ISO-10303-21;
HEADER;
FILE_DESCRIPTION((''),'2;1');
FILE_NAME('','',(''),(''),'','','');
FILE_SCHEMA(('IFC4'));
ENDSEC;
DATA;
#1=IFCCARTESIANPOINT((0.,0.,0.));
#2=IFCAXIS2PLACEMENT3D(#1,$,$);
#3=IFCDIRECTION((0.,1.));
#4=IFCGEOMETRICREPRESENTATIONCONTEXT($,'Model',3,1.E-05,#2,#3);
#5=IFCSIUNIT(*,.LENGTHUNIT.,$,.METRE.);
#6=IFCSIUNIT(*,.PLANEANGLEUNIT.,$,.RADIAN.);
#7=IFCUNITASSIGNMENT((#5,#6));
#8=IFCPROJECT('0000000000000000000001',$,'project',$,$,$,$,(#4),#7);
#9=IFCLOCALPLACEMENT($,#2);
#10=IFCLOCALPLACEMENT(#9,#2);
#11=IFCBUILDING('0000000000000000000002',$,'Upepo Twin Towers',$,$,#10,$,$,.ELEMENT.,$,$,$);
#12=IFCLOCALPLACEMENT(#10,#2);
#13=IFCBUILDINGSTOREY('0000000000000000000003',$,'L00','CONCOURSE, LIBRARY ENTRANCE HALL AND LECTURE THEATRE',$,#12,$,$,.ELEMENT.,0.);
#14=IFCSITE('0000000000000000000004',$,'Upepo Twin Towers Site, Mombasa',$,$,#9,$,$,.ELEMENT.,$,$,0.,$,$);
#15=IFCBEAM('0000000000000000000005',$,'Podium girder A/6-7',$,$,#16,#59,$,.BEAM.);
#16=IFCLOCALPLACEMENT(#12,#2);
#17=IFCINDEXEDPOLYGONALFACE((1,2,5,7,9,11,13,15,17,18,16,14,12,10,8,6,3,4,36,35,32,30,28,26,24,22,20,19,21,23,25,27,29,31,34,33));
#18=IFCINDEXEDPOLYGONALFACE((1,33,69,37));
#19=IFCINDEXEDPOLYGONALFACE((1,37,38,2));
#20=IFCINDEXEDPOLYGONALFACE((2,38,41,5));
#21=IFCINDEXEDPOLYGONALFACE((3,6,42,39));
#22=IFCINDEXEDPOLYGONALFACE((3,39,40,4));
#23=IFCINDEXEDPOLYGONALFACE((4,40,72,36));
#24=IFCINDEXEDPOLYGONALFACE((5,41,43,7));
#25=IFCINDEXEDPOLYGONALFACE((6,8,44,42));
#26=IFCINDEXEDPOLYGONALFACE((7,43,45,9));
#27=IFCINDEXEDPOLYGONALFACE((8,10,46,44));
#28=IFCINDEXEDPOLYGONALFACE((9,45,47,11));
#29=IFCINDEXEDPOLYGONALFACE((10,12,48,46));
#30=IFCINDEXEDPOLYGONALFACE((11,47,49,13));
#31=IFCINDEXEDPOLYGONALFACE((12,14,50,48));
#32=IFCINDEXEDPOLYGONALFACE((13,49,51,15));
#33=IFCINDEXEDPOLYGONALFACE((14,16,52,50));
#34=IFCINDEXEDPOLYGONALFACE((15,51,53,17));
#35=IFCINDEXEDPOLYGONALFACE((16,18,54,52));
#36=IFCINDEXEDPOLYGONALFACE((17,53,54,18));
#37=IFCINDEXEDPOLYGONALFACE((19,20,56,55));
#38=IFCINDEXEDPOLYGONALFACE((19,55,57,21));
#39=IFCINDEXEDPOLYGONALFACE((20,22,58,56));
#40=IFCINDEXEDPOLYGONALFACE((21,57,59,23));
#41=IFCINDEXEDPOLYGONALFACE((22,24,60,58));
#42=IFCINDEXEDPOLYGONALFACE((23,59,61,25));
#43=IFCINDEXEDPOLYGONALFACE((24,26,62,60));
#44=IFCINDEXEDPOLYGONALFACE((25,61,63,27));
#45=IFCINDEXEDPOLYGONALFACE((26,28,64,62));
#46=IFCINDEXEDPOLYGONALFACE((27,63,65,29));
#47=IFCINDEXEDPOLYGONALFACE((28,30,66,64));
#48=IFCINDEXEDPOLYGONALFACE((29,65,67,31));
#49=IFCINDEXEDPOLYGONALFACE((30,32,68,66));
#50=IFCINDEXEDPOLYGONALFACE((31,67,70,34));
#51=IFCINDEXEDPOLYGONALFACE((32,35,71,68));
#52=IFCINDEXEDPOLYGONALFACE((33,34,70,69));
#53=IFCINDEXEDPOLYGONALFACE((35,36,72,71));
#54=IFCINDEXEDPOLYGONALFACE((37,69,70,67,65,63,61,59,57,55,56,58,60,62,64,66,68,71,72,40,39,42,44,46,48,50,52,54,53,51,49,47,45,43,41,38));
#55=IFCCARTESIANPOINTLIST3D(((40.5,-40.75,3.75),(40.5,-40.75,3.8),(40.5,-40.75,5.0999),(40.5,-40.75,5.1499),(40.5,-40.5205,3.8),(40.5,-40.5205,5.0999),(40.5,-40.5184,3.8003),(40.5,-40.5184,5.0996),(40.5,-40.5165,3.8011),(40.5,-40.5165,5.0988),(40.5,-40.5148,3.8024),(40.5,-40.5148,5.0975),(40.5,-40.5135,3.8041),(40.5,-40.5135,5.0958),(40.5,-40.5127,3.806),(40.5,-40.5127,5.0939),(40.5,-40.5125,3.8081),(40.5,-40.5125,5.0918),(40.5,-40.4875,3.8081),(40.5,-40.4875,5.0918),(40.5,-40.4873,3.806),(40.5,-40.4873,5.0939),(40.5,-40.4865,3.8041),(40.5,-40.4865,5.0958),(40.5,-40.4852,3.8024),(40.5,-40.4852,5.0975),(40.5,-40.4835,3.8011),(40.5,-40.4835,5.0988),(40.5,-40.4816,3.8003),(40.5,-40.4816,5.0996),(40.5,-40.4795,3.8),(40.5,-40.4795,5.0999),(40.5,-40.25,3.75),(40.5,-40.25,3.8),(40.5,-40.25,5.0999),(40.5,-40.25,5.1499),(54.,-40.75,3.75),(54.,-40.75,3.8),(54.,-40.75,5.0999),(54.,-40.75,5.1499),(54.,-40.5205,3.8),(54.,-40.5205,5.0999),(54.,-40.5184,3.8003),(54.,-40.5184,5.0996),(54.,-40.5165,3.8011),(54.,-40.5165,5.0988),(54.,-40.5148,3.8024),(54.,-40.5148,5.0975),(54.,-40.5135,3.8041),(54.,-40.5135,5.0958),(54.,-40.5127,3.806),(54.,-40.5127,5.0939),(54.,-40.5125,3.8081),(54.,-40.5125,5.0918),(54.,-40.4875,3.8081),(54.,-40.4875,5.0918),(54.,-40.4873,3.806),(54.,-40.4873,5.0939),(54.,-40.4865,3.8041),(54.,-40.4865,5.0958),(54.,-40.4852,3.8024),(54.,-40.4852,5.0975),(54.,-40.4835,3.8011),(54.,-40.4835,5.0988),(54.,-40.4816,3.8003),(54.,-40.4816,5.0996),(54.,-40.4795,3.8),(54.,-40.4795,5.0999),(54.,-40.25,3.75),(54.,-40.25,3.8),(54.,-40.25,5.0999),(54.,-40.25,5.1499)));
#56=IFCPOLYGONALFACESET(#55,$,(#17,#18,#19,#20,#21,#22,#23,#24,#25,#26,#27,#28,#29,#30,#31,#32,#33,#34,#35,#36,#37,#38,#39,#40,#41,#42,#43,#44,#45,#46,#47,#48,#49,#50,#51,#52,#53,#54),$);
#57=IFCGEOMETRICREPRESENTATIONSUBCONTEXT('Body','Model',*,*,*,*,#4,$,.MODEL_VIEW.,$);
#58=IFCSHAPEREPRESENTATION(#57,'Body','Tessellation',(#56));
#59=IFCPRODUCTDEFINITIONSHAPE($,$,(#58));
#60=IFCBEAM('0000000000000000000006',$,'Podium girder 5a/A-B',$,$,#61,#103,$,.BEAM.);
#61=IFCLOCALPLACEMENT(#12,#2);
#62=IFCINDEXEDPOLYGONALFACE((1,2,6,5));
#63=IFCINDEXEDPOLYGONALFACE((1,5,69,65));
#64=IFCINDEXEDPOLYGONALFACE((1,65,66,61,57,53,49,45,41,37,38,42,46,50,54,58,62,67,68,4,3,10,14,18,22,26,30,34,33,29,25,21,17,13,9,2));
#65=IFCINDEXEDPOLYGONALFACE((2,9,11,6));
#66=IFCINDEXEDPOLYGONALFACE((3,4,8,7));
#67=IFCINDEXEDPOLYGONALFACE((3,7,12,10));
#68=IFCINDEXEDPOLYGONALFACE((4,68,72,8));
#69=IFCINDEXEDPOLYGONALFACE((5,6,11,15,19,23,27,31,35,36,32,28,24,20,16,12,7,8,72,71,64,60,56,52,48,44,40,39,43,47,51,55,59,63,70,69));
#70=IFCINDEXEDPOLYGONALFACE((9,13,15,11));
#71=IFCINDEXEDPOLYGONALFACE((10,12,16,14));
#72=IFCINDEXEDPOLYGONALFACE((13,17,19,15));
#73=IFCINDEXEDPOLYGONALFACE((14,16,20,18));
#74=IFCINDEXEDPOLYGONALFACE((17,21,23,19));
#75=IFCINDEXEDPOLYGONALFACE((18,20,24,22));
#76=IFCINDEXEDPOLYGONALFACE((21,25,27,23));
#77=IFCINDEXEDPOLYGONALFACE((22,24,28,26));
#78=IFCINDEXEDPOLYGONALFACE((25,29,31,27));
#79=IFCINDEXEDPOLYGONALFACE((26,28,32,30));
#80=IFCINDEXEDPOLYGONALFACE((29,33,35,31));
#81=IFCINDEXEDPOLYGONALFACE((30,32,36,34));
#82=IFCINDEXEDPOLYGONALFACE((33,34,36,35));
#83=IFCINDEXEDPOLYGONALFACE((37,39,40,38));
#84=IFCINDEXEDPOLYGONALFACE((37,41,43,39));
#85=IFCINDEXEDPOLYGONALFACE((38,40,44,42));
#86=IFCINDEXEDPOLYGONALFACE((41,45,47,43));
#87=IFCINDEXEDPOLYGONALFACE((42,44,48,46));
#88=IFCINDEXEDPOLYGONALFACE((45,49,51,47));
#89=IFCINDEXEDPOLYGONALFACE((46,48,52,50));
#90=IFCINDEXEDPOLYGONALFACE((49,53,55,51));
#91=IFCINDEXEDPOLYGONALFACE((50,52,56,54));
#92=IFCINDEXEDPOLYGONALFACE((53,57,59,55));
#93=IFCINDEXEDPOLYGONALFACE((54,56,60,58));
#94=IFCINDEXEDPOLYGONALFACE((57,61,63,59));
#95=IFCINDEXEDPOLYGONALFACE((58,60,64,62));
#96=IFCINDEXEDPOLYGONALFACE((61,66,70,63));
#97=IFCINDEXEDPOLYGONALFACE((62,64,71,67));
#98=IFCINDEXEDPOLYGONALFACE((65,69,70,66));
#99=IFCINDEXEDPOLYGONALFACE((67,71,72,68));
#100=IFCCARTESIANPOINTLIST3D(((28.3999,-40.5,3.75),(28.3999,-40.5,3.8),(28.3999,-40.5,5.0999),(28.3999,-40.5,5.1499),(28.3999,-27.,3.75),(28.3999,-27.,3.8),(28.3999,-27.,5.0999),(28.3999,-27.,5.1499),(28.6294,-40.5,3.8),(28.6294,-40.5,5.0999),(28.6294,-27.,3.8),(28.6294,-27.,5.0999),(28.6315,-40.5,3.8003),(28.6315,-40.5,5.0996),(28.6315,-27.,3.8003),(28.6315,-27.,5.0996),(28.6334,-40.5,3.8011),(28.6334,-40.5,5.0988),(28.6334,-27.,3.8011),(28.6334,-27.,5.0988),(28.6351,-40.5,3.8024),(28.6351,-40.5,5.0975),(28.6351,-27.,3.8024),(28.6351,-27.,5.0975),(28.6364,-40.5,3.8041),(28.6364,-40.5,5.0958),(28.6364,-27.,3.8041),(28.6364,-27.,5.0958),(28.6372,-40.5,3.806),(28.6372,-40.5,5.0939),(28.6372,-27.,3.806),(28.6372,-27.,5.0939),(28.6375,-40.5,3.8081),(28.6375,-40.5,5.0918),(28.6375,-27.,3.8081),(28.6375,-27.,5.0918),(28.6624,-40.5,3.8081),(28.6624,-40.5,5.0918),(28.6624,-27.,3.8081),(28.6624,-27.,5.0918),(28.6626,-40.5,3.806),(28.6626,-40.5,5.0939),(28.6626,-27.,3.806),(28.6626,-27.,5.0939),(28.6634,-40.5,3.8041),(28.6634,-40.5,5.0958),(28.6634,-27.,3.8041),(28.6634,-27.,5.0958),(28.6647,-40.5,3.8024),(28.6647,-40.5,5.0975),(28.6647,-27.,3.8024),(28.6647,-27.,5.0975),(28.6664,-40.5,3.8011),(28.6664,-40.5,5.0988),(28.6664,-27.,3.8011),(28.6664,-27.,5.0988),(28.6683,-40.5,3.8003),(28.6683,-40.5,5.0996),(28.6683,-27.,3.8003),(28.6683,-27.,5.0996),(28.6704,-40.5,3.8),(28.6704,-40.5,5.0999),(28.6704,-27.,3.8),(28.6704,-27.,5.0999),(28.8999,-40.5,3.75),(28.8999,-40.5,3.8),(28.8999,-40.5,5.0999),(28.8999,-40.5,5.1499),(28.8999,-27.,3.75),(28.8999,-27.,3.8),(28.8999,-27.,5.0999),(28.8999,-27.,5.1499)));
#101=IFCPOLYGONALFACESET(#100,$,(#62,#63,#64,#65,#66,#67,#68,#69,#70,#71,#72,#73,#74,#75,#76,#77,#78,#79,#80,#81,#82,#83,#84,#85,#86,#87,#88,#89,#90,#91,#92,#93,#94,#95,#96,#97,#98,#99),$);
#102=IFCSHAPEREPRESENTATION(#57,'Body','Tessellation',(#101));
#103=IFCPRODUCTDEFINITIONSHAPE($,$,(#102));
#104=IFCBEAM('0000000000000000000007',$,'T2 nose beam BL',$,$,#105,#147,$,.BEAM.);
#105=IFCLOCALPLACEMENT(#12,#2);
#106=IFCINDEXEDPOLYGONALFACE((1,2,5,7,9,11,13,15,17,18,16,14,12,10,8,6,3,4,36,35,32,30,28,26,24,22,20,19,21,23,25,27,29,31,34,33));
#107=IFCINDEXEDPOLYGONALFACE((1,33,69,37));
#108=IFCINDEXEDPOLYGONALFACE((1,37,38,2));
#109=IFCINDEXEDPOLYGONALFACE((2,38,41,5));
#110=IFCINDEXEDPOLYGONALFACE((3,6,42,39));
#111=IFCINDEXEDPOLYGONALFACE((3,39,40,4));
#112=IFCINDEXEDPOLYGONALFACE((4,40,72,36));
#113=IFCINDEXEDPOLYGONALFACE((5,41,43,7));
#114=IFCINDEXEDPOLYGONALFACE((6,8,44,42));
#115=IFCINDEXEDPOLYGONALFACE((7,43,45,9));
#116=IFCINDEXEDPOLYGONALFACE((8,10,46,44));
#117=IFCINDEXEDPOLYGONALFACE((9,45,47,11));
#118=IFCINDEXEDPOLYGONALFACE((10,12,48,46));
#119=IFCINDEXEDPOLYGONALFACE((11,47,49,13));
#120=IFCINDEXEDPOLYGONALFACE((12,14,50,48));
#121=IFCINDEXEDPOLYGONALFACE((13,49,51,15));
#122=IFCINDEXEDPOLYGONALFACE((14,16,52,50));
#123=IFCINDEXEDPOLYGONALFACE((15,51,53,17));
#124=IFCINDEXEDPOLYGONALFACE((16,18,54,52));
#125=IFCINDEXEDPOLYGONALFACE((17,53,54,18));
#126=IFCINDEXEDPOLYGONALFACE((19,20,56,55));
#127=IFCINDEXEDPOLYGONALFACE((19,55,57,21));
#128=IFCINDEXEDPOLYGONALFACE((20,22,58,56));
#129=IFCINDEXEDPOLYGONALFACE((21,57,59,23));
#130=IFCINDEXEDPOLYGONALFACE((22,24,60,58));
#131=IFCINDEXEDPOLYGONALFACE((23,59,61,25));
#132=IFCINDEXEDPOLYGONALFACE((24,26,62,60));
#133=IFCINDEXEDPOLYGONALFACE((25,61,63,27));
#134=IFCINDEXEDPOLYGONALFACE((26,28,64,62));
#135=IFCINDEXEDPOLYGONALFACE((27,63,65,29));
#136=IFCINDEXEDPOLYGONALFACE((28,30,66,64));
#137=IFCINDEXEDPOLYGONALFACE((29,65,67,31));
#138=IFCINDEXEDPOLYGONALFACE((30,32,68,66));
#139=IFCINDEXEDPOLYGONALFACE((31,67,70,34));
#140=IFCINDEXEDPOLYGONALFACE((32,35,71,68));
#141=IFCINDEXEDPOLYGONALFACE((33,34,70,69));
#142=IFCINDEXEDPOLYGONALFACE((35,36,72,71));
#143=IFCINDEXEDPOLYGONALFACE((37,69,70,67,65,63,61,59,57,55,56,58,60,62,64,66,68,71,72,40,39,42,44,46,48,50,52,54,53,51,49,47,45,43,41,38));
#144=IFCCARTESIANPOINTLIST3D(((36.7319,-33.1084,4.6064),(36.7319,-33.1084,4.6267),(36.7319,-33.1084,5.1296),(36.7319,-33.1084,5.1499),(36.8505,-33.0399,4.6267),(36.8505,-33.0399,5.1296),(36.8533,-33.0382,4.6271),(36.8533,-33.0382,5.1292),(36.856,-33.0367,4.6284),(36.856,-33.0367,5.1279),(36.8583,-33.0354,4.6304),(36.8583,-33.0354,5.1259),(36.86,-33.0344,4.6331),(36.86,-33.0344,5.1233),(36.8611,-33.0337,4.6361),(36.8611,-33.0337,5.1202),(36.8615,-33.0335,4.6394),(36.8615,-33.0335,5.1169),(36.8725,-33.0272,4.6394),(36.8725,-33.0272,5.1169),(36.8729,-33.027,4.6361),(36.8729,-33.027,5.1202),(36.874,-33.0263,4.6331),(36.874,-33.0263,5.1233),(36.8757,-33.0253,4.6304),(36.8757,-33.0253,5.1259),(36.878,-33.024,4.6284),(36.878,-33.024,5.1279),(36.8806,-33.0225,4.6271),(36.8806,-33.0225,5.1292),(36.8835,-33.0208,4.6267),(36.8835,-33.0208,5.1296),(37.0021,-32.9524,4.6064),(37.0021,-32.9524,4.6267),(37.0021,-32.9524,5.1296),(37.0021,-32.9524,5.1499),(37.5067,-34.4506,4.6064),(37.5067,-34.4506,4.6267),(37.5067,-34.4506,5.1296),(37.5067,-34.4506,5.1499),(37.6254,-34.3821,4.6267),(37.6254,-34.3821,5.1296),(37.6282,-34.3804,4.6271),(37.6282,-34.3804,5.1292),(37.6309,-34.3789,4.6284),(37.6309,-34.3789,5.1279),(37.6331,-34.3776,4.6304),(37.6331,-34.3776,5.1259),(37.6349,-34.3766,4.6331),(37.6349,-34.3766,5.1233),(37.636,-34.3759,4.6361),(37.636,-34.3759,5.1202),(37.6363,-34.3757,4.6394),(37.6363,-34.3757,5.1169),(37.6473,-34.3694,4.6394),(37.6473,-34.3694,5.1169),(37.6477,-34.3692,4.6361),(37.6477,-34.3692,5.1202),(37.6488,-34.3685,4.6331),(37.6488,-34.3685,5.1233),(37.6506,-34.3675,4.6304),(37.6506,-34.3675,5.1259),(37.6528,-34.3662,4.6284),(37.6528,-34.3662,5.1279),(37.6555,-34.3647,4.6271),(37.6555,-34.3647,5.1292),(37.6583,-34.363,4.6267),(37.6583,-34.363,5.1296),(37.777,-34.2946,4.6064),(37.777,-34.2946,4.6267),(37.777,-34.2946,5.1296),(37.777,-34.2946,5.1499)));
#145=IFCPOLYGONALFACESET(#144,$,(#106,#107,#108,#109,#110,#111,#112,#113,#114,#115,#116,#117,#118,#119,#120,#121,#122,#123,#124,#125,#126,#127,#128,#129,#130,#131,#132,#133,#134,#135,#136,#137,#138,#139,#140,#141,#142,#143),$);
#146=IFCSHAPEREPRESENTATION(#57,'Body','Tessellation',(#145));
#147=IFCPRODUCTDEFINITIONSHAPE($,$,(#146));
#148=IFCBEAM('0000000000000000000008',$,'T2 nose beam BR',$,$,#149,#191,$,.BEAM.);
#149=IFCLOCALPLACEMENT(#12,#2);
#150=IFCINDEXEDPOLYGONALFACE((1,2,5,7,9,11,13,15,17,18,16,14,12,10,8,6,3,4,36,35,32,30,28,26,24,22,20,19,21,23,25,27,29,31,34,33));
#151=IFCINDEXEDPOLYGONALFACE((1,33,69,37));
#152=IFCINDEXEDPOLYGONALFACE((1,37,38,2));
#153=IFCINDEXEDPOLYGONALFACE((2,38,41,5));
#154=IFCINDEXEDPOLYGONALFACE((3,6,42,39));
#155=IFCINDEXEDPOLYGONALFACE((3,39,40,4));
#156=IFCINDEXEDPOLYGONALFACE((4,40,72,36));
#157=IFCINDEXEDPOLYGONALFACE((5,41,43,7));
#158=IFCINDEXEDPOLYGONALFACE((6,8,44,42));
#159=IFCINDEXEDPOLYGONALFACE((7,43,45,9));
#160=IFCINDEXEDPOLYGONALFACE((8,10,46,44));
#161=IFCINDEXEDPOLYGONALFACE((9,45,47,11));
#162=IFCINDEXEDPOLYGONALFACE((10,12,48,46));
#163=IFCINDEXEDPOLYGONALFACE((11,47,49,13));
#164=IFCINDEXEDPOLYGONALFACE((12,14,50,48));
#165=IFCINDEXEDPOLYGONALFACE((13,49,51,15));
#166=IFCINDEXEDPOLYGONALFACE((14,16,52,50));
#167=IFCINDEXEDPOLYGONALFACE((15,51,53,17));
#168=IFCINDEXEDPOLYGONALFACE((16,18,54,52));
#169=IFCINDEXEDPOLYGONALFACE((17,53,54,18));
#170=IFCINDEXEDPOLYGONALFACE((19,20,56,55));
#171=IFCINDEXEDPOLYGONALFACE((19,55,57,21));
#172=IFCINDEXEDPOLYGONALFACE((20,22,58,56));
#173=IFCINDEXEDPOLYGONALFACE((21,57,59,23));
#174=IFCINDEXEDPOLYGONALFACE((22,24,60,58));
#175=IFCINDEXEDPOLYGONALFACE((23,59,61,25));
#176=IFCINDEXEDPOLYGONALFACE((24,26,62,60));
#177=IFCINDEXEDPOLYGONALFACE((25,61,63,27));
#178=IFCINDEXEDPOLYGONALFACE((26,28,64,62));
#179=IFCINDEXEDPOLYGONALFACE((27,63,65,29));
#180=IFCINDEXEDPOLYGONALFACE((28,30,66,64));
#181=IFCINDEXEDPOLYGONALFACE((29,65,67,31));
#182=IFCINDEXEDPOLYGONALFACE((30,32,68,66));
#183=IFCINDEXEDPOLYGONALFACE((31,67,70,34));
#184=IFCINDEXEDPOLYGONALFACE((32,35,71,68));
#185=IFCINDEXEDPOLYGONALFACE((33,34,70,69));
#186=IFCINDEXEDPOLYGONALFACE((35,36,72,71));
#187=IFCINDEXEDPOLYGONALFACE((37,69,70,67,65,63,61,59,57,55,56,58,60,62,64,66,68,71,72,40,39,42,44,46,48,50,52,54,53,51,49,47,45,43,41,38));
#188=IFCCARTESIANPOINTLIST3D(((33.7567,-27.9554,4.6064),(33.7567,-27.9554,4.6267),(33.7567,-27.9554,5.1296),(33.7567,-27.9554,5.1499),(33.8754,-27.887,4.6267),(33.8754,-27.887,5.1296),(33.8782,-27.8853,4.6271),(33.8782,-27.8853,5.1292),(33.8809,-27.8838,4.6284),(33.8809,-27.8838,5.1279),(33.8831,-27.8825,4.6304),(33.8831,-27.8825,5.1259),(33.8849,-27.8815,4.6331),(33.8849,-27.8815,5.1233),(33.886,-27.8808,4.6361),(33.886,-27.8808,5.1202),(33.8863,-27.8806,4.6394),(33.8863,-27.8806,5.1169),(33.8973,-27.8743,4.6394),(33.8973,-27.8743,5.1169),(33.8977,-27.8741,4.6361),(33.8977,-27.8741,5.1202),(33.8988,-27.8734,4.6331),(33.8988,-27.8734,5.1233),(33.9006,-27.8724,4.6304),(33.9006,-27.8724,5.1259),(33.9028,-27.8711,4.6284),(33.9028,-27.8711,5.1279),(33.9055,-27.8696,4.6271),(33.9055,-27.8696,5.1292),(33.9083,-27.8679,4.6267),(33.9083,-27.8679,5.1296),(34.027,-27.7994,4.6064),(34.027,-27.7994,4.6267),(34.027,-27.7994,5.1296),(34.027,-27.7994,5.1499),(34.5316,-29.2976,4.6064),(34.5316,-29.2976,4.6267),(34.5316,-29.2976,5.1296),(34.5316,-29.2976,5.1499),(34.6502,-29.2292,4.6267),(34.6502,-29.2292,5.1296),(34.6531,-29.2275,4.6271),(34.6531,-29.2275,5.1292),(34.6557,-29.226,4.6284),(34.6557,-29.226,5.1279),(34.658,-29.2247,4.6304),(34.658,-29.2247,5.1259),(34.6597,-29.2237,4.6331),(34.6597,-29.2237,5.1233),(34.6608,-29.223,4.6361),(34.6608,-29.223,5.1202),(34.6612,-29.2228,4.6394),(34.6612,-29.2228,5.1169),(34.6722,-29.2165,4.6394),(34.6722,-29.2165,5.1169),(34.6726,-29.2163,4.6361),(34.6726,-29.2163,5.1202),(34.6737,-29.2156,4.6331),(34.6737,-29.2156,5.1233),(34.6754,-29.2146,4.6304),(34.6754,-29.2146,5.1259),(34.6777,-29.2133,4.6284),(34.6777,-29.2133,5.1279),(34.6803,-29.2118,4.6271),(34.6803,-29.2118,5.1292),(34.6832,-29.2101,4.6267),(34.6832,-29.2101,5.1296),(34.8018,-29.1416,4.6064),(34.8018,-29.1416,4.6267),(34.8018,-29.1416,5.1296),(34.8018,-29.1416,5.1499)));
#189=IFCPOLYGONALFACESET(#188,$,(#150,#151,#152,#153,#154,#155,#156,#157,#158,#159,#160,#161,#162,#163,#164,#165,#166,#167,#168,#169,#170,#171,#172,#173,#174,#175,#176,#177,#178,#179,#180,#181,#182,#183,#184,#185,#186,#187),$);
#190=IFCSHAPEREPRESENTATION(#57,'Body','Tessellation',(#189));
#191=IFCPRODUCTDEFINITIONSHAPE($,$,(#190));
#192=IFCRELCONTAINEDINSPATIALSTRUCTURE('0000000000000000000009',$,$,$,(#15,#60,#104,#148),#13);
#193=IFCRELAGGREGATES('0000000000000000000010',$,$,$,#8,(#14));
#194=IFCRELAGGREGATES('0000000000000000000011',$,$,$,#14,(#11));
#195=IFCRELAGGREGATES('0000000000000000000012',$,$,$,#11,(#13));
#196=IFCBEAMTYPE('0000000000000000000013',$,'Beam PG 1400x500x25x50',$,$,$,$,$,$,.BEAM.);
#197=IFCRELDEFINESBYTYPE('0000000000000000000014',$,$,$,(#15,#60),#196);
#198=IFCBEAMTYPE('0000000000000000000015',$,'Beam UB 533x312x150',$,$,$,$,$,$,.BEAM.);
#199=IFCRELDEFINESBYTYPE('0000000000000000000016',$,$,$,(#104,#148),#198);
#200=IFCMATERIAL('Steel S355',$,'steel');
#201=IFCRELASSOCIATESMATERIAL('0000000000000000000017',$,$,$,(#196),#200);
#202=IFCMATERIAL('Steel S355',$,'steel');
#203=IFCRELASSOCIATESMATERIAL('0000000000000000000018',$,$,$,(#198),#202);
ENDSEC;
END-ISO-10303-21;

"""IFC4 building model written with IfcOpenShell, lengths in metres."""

from ifc_helpers import new_model, si_unit, direction, frame, origin, origin_2d, place, context, subcontext, project, spatial, i_section, extrude, material, material_profile, profile_set, type_object, element, save


model = new_model("IFC4")

# Units and contexts
model_context = context("Model", 3, precision=1e-05, world=origin(), true_north=direction((0.0, 1.0)))
body_context = subcontext(model_context, "Body", "Model", "MODEL_VIEW")
ifc_project = project(units=[si_unit("LENGTHUNIT", "METRE"), si_unit("PLANEANGLEUNIT", "RADIAN")], contexts=[model_context])

# Site, building, storey
site_placement = place(None, origin())
site = spatial("IfcSite", under=ifc_project, at=site_placement, Name="Upepo Twin Towers Site, Mombasa", CompositionType="ELEMENT", RefElevation=0.0)
building_placement = place(site_placement, origin())
building = spatial("IfcBuilding", under=site, at=building_placement, Name="Upepo Twin Towers", CompositionType="ELEMENT")
storey_placement = place(building_placement, origin())
storey = spatial("IfcBuildingStorey", under=building, at=storey_placement, Name="L00", Description="CONCOURSE, LIBRARY ENTRANCE HALL AND LECTURE THEATRE", CompositionType="ELEMENT", Elevation=0.0)

# Beams
ifc_material_1 = material(Name="Steel S355", Category="steel")
ifc_material_profile_1 = material_profile(ifc_material_1, i_section(OverallWidth=0.5, OverallDepth=1.3999, WebThickness=0.0249, FlangeThickness=0.05, FilletRadius=0.0081, at=origin_2d()), Name="PG 1400x500x25x50")
ifc_profile_set_1 = profile_set([ifc_material_profile_1], Name="Steel S355")
beam_type_1 = type_object("IfcBeamType", Name="Beam PG 1400x500x25x50", PredefinedType="BEAM", material=ifc_profile_set_1)
for number, where, z_axis, x_axis, name in (
    (1, (40.5, -40.5, 4.45), (1.0, 0.0, 0.0), (0.0, 1.0, 0.0), "Podium girder A/6-7"),
    (2, (28.6499, -40.5, 4.45), (0.0, 1.0, 0.0), (-1.0, 0.0, 0.0), "Podium girder 5a/A-B"),
):
    element("IfcBeam", number, at=place(storey_placement, frame(where, z_axis=z_axis, x_axis=x_axis)), inside=storey, type_object=beam_type_1, Name=name, PredefinedType="BEAM", context=body_context, shape_type="SweptSolid", body=[
        extrude(i_section(OverallWidth=0.5, OverallDepth=1.3999, WebThickness=0.0249, FlangeThickness=0.05, FilletRadius=0.0081, at=origin_2d()), origin(), (0.0, 0.0, 1.0), 13.5),
    ])
ifc_material_2 = material(Name="Steel S355", Category="steel")
ifc_material_profile_2 = material_profile(ifc_material_2, i_section(OverallWidth=0.312, OverallDepth=0.5435, WebThickness=0.0127, FlangeThickness=0.0203, FilletRadius=0.0127, at=origin_2d()), Name="UB 533x312x150")
ifc_profile_set_2 = profile_set([ifc_material_profile_2], Name="Steel S355")
beam_type_2 = type_object("IfcBeamType", Name="Beam UB 533x312x150", PredefinedType="BEAM", material=ifc_profile_set_2)
for number, where, z_axis, x_axis, name in (
    (3, (37.6418, -34.3726, 4.8782), (-0.499968, 0.866044, 0.0), (-0.866044, -0.499968, 0.0), "T2 nose beam BL"),
    (4, (33.8918, -27.8774, 4.8782), (0.499968, -0.866044, 0.0), (0.866044, 0.499968, 0.0), "T2 nose beam BR"),
):
    element("IfcBeam", number, at=place(storey_placement, frame(where, z_axis=z_axis, x_axis=x_axis)), inside=storey, type_object=beam_type_2, Name=name, PredefinedType="BEAM", context=body_context, shape_type="SweptSolid", body=[
        extrude(i_section(OverallWidth=0.312, OverallDepth=0.5435, WebThickness=0.0127, FlangeThickness=0.0203, FilletRadius=0.0127, at=origin_2d()), origin(), (0.0, 0.0, 1.0), 1.5498),
    ])

save(model, "model.ifc")
